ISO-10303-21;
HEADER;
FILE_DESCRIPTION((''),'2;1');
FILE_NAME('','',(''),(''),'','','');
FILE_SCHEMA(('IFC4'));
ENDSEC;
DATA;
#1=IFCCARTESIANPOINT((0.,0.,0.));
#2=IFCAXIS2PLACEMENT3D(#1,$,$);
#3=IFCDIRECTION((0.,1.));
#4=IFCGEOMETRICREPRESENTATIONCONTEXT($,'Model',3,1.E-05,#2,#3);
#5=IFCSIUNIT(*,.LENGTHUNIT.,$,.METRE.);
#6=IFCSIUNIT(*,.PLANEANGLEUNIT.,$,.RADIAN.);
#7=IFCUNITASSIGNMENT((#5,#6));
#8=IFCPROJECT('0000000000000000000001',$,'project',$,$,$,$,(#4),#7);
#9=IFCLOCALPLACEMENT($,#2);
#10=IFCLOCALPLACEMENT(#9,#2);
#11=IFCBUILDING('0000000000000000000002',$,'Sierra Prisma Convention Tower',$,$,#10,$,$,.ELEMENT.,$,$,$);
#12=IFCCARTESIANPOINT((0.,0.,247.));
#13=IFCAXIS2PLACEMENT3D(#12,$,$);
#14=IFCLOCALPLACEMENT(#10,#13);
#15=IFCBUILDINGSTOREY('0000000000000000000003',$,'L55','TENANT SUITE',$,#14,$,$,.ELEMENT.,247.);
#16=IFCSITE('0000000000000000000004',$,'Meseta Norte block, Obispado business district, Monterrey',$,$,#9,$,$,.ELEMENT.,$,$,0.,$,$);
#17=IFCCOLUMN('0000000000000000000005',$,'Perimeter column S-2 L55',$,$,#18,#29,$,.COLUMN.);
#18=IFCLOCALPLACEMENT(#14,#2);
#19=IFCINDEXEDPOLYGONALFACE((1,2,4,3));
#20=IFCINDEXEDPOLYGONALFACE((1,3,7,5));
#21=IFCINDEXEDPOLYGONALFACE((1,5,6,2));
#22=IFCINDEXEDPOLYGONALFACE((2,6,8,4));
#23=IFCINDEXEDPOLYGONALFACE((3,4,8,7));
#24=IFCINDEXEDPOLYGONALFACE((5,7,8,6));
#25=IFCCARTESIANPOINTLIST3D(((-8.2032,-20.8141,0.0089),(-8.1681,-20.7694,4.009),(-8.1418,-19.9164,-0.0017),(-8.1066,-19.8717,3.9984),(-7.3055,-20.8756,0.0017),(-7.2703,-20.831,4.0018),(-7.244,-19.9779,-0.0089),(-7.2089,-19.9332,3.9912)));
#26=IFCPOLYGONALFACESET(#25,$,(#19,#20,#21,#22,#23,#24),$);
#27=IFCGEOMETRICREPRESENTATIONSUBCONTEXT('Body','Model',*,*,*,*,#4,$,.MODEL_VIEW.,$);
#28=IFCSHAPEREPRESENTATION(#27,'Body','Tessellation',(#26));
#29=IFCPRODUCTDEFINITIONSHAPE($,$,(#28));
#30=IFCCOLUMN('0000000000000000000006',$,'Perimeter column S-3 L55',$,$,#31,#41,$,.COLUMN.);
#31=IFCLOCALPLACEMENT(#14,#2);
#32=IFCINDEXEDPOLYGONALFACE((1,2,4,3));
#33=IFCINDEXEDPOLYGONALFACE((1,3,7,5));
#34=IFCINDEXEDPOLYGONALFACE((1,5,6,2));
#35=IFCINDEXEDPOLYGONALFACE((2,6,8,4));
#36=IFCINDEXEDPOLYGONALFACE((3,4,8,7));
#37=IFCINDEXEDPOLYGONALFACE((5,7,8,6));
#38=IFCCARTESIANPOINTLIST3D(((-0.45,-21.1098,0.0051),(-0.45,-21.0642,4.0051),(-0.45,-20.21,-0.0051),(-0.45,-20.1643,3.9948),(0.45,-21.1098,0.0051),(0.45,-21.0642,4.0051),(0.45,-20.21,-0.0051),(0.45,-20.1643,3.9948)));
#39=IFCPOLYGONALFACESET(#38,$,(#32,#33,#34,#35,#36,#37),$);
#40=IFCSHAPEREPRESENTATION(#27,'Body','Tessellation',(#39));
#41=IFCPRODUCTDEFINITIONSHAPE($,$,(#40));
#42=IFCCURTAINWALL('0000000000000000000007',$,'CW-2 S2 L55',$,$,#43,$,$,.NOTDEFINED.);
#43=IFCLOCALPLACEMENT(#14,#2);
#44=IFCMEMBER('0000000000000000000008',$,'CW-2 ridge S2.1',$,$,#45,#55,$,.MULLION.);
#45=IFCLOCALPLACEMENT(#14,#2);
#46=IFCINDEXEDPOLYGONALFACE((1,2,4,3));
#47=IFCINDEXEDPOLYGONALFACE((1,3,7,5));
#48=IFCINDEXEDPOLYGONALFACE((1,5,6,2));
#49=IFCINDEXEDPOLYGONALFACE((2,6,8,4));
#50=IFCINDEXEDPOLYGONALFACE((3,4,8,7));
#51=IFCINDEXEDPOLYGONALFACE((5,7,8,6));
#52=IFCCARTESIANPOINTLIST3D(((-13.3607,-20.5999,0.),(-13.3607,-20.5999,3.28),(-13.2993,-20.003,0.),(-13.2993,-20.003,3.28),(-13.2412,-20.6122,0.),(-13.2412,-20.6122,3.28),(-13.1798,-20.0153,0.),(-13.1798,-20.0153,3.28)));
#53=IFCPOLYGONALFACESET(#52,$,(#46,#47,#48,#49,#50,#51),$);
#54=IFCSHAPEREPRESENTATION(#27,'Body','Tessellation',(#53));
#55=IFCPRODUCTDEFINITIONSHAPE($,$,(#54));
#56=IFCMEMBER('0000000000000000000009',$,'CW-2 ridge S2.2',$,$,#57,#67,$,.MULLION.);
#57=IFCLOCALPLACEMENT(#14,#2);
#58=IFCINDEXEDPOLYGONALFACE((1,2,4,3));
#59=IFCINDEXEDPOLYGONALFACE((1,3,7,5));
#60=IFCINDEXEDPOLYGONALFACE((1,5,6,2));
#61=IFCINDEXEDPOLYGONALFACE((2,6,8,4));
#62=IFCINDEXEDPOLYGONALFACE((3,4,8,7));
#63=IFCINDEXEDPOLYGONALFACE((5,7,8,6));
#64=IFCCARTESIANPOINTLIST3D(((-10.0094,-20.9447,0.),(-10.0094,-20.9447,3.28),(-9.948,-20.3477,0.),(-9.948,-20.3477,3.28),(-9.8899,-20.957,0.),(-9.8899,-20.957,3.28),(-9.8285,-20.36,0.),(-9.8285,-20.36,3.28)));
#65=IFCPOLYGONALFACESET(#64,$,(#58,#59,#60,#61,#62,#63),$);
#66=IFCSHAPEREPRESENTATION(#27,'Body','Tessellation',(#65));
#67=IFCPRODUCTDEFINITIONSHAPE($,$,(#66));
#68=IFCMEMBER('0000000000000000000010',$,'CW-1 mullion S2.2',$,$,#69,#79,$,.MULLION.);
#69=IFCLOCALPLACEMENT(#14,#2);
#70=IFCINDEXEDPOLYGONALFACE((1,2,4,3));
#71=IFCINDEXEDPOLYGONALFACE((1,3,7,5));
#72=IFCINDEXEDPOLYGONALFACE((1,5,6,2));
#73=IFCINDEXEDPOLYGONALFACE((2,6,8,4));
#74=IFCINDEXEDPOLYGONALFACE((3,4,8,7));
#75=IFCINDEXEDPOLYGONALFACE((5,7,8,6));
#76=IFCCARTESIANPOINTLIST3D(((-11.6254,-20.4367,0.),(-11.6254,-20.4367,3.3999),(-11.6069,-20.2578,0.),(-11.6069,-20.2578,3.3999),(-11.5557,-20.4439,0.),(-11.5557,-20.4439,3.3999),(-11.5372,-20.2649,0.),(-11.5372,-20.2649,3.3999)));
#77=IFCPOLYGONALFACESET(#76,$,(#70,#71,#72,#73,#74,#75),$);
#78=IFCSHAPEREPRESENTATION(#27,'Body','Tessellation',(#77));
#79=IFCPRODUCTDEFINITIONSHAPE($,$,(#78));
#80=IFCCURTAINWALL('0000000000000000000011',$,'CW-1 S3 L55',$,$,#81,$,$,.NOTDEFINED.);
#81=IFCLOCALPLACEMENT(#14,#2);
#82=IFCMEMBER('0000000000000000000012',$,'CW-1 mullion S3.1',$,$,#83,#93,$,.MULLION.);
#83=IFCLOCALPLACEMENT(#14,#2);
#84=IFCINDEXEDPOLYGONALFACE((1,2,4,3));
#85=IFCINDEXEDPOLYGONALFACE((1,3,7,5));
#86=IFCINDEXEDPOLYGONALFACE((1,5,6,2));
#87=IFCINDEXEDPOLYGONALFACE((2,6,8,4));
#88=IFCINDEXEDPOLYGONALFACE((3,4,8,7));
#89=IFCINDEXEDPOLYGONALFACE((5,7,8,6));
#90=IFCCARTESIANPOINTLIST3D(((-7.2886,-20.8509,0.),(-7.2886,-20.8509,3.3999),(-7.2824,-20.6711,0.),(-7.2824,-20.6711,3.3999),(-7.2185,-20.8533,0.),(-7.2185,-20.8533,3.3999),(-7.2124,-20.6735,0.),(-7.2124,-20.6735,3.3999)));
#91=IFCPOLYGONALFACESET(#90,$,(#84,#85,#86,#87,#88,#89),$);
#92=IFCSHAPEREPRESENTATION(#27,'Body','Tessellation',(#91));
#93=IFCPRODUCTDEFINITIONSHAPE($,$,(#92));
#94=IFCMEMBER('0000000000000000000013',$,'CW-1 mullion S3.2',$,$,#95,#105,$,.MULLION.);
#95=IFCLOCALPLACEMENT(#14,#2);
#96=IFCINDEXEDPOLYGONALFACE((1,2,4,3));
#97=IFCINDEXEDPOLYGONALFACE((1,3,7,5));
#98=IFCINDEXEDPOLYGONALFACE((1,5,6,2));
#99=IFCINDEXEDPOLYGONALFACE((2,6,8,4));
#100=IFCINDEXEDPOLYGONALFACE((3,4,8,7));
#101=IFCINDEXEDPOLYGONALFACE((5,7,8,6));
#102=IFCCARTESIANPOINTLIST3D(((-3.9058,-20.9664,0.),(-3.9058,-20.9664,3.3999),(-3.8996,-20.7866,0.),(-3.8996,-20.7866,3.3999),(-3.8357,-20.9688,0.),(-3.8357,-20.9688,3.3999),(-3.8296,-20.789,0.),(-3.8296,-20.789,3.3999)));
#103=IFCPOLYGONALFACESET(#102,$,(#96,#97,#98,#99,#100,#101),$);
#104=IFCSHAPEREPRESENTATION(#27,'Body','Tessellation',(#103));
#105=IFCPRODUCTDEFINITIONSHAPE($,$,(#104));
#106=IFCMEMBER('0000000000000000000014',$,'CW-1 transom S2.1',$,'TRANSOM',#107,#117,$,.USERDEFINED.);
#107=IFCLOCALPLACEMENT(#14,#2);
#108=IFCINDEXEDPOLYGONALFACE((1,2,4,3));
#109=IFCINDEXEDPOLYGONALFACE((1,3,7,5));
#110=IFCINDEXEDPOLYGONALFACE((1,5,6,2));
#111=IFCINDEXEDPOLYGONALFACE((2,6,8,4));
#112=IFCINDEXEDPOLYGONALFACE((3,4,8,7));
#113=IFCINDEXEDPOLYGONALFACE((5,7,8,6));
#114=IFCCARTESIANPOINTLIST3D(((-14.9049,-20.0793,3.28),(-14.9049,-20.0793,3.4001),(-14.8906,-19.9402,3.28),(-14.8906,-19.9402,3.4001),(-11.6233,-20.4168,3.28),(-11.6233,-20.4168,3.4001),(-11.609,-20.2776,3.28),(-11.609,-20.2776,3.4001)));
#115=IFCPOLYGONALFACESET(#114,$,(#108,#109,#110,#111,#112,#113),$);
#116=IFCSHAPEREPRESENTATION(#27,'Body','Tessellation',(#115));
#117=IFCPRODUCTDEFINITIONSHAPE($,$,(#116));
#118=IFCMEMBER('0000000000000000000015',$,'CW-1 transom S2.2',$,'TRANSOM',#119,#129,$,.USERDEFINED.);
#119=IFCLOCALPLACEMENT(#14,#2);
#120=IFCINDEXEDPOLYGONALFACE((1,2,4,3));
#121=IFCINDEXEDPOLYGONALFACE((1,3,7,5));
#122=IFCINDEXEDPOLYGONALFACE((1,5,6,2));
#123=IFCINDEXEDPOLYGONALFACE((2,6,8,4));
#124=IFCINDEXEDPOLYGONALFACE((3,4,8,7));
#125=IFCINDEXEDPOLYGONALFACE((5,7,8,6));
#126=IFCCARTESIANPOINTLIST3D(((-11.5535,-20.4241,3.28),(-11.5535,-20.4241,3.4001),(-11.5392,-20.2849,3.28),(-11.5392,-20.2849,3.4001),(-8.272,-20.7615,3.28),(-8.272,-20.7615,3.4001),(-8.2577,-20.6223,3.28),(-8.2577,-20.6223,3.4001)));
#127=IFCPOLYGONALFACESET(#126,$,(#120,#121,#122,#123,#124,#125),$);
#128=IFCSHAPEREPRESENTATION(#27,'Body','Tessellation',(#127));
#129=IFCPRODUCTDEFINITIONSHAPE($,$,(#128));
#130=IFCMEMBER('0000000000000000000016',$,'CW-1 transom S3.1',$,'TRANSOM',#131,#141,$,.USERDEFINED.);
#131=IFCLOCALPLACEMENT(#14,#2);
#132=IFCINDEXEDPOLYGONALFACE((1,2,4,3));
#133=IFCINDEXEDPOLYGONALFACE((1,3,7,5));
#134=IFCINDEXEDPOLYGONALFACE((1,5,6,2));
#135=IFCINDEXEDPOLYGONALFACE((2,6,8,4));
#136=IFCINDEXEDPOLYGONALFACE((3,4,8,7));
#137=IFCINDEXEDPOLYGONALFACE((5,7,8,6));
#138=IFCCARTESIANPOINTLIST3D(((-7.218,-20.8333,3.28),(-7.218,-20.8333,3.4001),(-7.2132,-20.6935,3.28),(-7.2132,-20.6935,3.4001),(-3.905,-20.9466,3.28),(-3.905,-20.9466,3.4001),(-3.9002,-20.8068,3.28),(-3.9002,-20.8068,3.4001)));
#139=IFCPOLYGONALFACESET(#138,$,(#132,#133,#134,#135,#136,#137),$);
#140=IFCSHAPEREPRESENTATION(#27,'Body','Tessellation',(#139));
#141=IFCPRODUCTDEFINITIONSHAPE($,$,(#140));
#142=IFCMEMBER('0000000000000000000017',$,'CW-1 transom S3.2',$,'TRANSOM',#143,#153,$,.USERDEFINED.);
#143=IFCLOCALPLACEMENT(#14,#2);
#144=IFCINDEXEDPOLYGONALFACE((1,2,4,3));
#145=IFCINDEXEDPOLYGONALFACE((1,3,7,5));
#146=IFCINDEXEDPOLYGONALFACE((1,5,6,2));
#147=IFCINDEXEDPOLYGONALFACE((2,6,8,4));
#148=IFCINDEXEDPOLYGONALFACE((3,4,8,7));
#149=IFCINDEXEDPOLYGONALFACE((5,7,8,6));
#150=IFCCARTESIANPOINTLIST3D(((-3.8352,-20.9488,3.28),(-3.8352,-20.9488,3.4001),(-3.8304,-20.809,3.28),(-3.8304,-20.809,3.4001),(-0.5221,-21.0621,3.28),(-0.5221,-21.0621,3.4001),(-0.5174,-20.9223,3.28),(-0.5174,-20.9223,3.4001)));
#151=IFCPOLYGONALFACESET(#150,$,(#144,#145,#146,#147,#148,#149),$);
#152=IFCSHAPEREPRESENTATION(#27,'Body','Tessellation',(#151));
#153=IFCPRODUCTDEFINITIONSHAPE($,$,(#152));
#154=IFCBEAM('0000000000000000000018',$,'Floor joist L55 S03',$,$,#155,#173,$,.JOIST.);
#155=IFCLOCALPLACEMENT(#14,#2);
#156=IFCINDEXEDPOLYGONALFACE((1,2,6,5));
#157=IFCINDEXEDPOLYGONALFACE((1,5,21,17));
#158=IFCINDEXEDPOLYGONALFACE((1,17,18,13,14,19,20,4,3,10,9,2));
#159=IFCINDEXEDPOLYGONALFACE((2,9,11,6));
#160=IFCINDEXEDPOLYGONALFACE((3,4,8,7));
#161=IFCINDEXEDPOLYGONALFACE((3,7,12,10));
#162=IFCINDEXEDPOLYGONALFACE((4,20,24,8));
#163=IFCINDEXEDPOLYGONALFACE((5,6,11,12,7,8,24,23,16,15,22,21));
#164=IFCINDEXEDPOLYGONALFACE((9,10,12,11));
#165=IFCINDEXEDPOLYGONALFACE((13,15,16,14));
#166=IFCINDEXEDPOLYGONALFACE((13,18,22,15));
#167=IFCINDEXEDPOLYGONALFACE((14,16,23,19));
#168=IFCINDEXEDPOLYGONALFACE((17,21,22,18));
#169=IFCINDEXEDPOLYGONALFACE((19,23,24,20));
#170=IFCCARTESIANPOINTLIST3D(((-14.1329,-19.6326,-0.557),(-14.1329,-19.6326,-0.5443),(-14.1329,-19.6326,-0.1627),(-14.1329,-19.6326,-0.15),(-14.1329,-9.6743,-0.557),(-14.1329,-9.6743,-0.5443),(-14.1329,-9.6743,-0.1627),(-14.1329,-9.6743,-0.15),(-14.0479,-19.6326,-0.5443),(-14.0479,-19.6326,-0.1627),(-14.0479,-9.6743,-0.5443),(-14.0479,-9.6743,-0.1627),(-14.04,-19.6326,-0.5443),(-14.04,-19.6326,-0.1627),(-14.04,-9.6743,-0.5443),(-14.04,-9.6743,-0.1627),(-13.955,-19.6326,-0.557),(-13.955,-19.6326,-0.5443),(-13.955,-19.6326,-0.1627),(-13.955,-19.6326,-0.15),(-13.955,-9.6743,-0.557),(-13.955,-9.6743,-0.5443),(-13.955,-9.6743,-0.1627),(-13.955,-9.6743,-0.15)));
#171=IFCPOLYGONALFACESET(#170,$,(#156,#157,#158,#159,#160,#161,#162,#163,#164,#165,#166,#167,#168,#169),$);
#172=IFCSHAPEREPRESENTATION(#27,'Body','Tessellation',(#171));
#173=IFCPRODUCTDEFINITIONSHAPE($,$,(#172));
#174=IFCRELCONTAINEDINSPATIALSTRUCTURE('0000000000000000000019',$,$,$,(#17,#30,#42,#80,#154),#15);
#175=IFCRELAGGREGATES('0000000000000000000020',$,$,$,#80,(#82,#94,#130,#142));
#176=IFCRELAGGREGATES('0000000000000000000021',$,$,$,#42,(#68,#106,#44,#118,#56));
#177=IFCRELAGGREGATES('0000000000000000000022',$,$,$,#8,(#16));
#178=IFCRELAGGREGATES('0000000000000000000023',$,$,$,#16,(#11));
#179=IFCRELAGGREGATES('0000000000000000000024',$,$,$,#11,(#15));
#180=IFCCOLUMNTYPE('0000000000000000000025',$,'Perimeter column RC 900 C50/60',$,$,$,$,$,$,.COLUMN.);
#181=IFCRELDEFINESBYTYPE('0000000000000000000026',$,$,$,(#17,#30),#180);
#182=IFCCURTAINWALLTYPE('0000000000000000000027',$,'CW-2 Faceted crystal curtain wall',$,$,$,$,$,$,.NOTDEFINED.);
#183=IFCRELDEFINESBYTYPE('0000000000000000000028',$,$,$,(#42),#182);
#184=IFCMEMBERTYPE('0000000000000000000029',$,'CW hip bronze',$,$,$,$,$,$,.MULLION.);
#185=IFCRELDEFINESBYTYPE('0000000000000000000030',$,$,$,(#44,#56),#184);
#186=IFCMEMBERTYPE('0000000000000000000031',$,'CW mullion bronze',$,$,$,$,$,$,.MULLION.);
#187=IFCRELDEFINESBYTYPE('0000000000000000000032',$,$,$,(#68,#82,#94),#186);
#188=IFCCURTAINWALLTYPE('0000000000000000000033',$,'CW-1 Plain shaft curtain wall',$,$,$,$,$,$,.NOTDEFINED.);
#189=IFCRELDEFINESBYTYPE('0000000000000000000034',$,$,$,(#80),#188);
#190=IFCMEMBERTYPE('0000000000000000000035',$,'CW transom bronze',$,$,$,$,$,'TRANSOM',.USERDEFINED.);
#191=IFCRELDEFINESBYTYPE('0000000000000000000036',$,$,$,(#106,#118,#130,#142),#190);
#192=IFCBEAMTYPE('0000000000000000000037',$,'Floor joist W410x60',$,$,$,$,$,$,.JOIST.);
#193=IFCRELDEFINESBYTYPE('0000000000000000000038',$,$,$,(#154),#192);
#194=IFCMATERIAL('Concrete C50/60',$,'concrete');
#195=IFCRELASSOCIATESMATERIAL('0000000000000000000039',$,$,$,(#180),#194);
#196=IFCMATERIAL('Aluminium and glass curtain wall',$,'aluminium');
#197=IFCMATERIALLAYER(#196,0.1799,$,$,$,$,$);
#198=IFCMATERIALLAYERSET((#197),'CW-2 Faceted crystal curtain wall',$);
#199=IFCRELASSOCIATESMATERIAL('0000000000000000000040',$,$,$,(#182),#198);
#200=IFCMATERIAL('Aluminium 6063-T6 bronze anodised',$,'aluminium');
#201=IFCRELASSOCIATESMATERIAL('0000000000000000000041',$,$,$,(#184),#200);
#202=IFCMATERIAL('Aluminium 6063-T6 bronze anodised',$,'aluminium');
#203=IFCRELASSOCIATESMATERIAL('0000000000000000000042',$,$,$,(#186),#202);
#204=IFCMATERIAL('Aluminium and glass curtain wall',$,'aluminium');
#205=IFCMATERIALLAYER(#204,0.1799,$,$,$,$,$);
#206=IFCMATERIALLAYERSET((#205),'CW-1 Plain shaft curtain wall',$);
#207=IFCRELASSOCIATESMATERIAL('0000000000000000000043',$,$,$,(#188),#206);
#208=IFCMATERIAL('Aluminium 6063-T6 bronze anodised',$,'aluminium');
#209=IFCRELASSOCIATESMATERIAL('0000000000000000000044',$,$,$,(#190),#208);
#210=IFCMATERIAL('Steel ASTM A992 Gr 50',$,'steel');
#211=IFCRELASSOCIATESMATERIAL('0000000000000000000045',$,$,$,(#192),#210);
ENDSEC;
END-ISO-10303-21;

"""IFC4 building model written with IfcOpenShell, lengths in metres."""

from ifc_helpers import new_model, si_unit, direction, frame, origin, origin_2d, place, context, subcontext, project, spatial, rectangle, i_section, extrude, material, layer, layer_set, material_profile, profile_set, type_object, element, aggregate, save


model = new_model("IFC4")

# Units and contexts
model_context = context("Model", 3, precision=1e-05, world=origin(), true_north=direction((0.0, 1.0)))
body_context = subcontext(model_context, "Body", "Model", "MODEL_VIEW")
ifc_project = project(units=[si_unit("LENGTHUNIT", "METRE"), si_unit("PLANEANGLEUNIT", "RADIAN")], contexts=[model_context])

# Site, building, storey
site_placement = place(None, origin())
site = spatial("IfcSite", under=ifc_project, at=site_placement, Name="Meseta Norte block, Obispado business district, Monterrey", CompositionType="ELEMENT", RefElevation=0.0)
building_placement = place(site_placement, origin())
building = spatial("IfcBuilding", under=site, at=building_placement, Name="Sierra Prisma Convention Tower", CompositionType="ELEMENT")
storey_placement = place(building_placement, frame((0.0, 0.0, 247.0)))
storey = spatial("IfcBuildingStorey", under=building, at=storey_placement, Name="L55", Description="TENANT SUITE", CompositionType="ELEMENT", Elevation=247.0)

# Columns
ifc_material_1 = material(Name="Concrete C50/60", Category="concrete")
ifc_material_profile_1 = material_profile(ifc_material_1, rectangle(XDim=0.8999, YDim=0.8999, at=origin_2d()), Name="Perimeter column RC 900 C50/60")
ifc_profile_set_1 = profile_set([ifc_material_profile_1], Name="Concrete C50/60")
column_type = type_object("IfcColumnType", Name="Perimeter column RC 900 C50/60", PredefinedType="COLUMN", material=ifc_profile_set_1)
column_1_placement = place(storey_placement, frame((-7.7236, -20.396, 0.0), z_axis=(0.008788, 0.011168, 0.999899), x_axis=(-0.997628, 0.068375, 0.008004)))
element("IfcColumn", 1, at=column_1_placement, inside=storey, type_object=column_type, Name="Perimeter column S-2 L55", PredefinedType="COLUMN", context=body_context, shape_type="SweptSolid", body=[
    extrude(rectangle(XDim=0.8999, YDim=0.8999, at=origin_2d()), origin(), (0.0, 0.0, 1.0), 4.0005),
])
column_2_placement = place(storey_placement, frame((0.0, -20.6599, 0.0), z_axis=(0.0, 0.011413, 0.999935), x_axis=(1.0, 0.0, 0.0)))
element("IfcColumn", 2, at=column_2_placement, inside=storey, type_object=column_type, Name="Perimeter column S-3 L55", PredefinedType="COLUMN", context=body_context, shape_type="SweptSolid", body=[
    extrude(rectangle(XDim=0.8999, YDim=0.8999, at=origin_2d()), origin(), (0.0, 0.0, 1.0), 4.0002),
])

# Curtain walls, members
ifc_material_2 = material(Name="Aluminium and glass curtain wall", Category="aluminium")
ifc_layer_1 = layer(ifc_material_2, 0.1799)
ifc_layer_set_1 = layer_set([ifc_layer_1], Name="CW-2 Faceted crystal curtain wall")
curtain_wall_type_1 = type_object("IfcCurtainWallType", Name="CW-2 Faceted crystal curtain wall", PredefinedType="NOTDEFINED", material=ifc_layer_set_1)
curtain_wall_1_placement = place(storey_placement, origin())
curtain_wall_1 = element("IfcCurtainWall", 3, at=curtain_wall_1_placement, inside=storey, type_object=curtain_wall_type_1, Name="CW-2 S2 L55", PredefinedType="NOTDEFINED")
ifc_material_3 = material(Name="Aluminium 6063-T6 bronze anodised", Category="aluminium")
ifc_material_profile_2 = material_profile(ifc_material_3, rectangle(XDim=0.1201, YDim=0.6001, at=origin_2d()), Name="ALU RIDGE BLADE 120x600")
ifc_profile_set_2 = profile_set([ifc_material_profile_2], Name="Aluminium 6063-T6 bronze anodised")
member_type_1 = type_object("IfcMemberType", Name="CW hip bronze", PredefinedType="MULLION", material=ifc_profile_set_2)
member_1_placement = place(storey_placement, frame((-13.2703, -20.3076, 0.0), z_axis=(0.0, 0.0, 1.0), x_axis=(0.994751, -0.102322, 0.0)))
member_1 = element("IfcMember", 4, at=member_1_placement, type_object=member_type_1, Name="CW-2 ridge S2.1", PredefinedType="MULLION", context=body_context, shape_type="SweptSolid", body=[
    extrude(rectangle(XDim=0.1201, YDim=0.6001, at=origin_2d()), origin(), (0.0, 0.0, 1.0), 3.28),
])
member_2_placement = place(storey_placement, frame((-9.9189, -20.6523, 0.0), z_axis=(0.0, 0.0, 1.0), x_axis=(0.994751, -0.102322, 0.0)))
member_2 = element("IfcMember", 5, at=member_2_placement, type_object=member_type_1, Name="CW-2 ridge S2.2", PredefinedType="MULLION", context=body_context, shape_type="SweptSolid", body=[
    extrude(rectangle(XDim=0.1201, YDim=0.6001, at=origin_2d()), origin(), (0.0, 0.0, 1.0), 3.28),
])
ifc_material_4 = material(Name="Aluminium 6063-T6 bronze anodised", Category="aluminium")
ifc_material_profile_3 = material_profile(ifc_material_4, rectangle(XDim=0.1799, YDim=0.0701, at=origin_2d()), Name="ALU MULLION 70x180")
ifc_profile_set_3 = profile_set([ifc_material_profile_3], Name="Aluminium 6063-T6 bronze anodised")
member_type_2 = type_object("IfcMemberType", Name="CW mullion bronze", PredefinedType="MULLION", material=ifc_profile_set_3)
member_3_placement = place(storey_placement, frame((-11.5813, -20.3508, 0.0), z_axis=(0.0, 0.0, 1.0), x_axis=(0.102322, 0.994751, 0.0)))
member_3 = element("IfcMember", 6, at=member_3_placement, type_object=member_type_2, Name="CW-1 mullion S2.2", PredefinedType="MULLION", context=body_context, shape_type="SweptSolid", body=[
    extrude(rectangle(XDim=0.1799, YDim=0.0701, at=origin_2d()), origin(), (0.0, 0.0, 1.0), 3.3999),
])
ifc_material_5 = material(Name="Aluminium and glass curtain wall", Category="aluminium")
ifc_layer_2 = layer(ifc_material_5, 0.1799)
ifc_layer_set_2 = layer_set([ifc_layer_2], Name="CW-1 Plain shaft curtain wall")
curtain_wall_type_2 = type_object("IfcCurtainWallType", Name="CW-1 Plain shaft curtain wall", PredefinedType="NOTDEFINED", material=ifc_layer_set_2)
curtain_wall_2_placement = place(storey_placement, origin())
curtain_wall_2 = element("IfcCurtainWall", 7, at=curtain_wall_2_placement, inside=storey, type_object=curtain_wall_type_2, Name="CW-1 S3 L55", PredefinedType="NOTDEFINED")
member_4_placement = place(storey_placement, frame((-7.2505, -20.7622, 0.0), z_axis=(0.0, 0.0, 1.0), x_axis=(0.03416, 0.999416, 0.0)))
member_4 = element("IfcMember", 8, at=member_4_placement, type_object=member_type_2, Name="CW-1 mullion S3.1", PredefinedType="MULLION", context=body_context, shape_type="SweptSolid", body=[
    extrude(rectangle(XDim=0.1799, YDim=0.0701, at=origin_2d()), origin(), (0.0, 0.0, 1.0), 3.3999),
])
member_5_placement = place(storey_placement, frame((-3.8677, -20.8777, 0.0), z_axis=(0.0, 0.0, 1.0), x_axis=(0.03416, 0.999416, 0.0)))
member_5 = element("IfcMember", 9, at=member_5_placement, type_object=member_type_2, Name="CW-1 mullion S3.2", PredefinedType="MULLION", context=body_context, shape_type="SweptSolid", body=[
    extrude(rectangle(XDim=0.1799, YDim=0.0701, at=origin_2d()), origin(), (0.0, 0.0, 1.0), 3.3999),
])

# Members
ifc_material_6 = material(Name="Aluminium 6063-T6 bronze anodised", Category="aluminium")
ifc_material_profile_4 = material_profile(ifc_material_6, rectangle(XDim=0.1399, YDim=0.1201, at=origin_2d()), Name="ALU TRANSOM 120x140")
ifc_profile_set_4 = profile_set([ifc_material_profile_4], Name="Aluminium 6063-T6 bronze anodised")
member_type_3 = type_object("IfcMemberType", Name="CW transom bronze", ElementType="TRANSOM", PredefinedType="USERDEFINED", material=ifc_profile_set_4)
member_6_placement = place(storey_placement, frame((-14.8977, -20.0098, 3.3401), z_axis=(0.994756, -0.102281, 0.0), x_axis=(0.102281, 0.994756, 0.0)))
member_6 = element("IfcMember", 10, at=member_6_placement, type_object=member_type_3, Name="CW-1 transom S2.1", ObjectType="TRANSOM", PredefinedType="USERDEFINED", context=body_context, shape_type="SweptSolid", body=[
    extrude(rectangle(XDim=0.1399, YDim=0.1201, at=origin_2d()), origin(), (0.0, 0.0, 1.0), 3.2988),
])
member_7_placement = place(storey_placement, frame((-11.5464, -20.3545, 3.3401), z_axis=(0.994756, -0.102281, 0.0), x_axis=(0.102281, 0.994756, 0.0)))
member_7 = element("IfcMember", 11, at=member_7_placement, type_object=member_type_3, Name="CW-1 transom S2.2", ObjectType="TRANSOM", PredefinedType="USERDEFINED", context=body_context, shape_type="SweptSolid", body=[
    extrude(rectangle(XDim=0.1399, YDim=0.1201, at=origin_2d()), origin(), (0.0, 0.0, 1.0), 3.2988),
])
member_8_placement = place(storey_placement, frame((-7.2156, -20.7634, 3.3401), z_axis=(0.999416, -0.034173, 0.0), x_axis=(0.034173, 0.999416, 0.0)))
member_8 = element("IfcMember", 12, at=member_8_placement, type_object=member_type_3, Name="CW-1 transom S3.1", ObjectType="TRANSOM", PredefinedType="USERDEFINED", context=body_context, shape_type="SweptSolid", body=[
    extrude(rectangle(XDim=0.1399, YDim=0.1201, at=origin_2d()), origin(), (0.0, 0.0, 1.0), 3.3149),
])
member_9_placement = place(storey_placement, frame((-3.8328, -20.8789, 3.3401), z_axis=(0.999416, -0.034173, 0.0), x_axis=(0.034173, 0.999416, 0.0)))
member_9 = element("IfcMember", 13, at=member_9_placement, type_object=member_type_3, Name="CW-1 transom S3.2", ObjectType="TRANSOM", PredefinedType="USERDEFINED", context=body_context, shape_type="SweptSolid", body=[
    extrude(rectangle(XDim=0.1399, YDim=0.1201, at=origin_2d()), origin(), (0.0, 0.0, 1.0), 3.3149),
])

# Beam
ifc_material_7 = material(Name="Steel ASTM A992 Gr 50", Category="steel")
ifc_material_profile_5 = material_profile(ifc_material_7, i_section(OverallWidth=0.178, OverallDepth=0.407, WebThickness=0.0078, FlangeThickness=0.0127, at=origin_2d()), Name="W410x60")
ifc_profile_set_5 = profile_set([ifc_material_profile_5], Name="Steel ASTM A992 Gr 50")
beam_type_1 = type_object("IfcBeamType", Name="Floor joist W410x60", PredefinedType="JOIST", material=ifc_profile_set_5)
beam_1_placement = place(storey_placement, frame((-14.0439, -19.6326, -0.3535), z_axis=(0.0, 1.0, 0.0), x_axis=(-1.0, 0.0, 0.0)))
element("IfcBeam", 14, at=beam_1_placement, inside=storey, type_object=beam_type_1, Name="Floor joist L55 S03", PredefinedType="JOIST", context=body_context, shape_type="SweptSolid", body=[
    extrude(i_section(OverallWidth=0.178, OverallDepth=0.407, WebThickness=0.0078, FlangeThickness=0.0127, at=origin_2d()), origin(), (0.0, 0.0, 1.0), 9.9583),
])

aggregate(curtain_wall_2, [member_4, member_5, member_8, member_9])
aggregate(curtain_wall_1, [member_3, member_6, member_1, member_7, member_2])

save(model, "model.ifc")
